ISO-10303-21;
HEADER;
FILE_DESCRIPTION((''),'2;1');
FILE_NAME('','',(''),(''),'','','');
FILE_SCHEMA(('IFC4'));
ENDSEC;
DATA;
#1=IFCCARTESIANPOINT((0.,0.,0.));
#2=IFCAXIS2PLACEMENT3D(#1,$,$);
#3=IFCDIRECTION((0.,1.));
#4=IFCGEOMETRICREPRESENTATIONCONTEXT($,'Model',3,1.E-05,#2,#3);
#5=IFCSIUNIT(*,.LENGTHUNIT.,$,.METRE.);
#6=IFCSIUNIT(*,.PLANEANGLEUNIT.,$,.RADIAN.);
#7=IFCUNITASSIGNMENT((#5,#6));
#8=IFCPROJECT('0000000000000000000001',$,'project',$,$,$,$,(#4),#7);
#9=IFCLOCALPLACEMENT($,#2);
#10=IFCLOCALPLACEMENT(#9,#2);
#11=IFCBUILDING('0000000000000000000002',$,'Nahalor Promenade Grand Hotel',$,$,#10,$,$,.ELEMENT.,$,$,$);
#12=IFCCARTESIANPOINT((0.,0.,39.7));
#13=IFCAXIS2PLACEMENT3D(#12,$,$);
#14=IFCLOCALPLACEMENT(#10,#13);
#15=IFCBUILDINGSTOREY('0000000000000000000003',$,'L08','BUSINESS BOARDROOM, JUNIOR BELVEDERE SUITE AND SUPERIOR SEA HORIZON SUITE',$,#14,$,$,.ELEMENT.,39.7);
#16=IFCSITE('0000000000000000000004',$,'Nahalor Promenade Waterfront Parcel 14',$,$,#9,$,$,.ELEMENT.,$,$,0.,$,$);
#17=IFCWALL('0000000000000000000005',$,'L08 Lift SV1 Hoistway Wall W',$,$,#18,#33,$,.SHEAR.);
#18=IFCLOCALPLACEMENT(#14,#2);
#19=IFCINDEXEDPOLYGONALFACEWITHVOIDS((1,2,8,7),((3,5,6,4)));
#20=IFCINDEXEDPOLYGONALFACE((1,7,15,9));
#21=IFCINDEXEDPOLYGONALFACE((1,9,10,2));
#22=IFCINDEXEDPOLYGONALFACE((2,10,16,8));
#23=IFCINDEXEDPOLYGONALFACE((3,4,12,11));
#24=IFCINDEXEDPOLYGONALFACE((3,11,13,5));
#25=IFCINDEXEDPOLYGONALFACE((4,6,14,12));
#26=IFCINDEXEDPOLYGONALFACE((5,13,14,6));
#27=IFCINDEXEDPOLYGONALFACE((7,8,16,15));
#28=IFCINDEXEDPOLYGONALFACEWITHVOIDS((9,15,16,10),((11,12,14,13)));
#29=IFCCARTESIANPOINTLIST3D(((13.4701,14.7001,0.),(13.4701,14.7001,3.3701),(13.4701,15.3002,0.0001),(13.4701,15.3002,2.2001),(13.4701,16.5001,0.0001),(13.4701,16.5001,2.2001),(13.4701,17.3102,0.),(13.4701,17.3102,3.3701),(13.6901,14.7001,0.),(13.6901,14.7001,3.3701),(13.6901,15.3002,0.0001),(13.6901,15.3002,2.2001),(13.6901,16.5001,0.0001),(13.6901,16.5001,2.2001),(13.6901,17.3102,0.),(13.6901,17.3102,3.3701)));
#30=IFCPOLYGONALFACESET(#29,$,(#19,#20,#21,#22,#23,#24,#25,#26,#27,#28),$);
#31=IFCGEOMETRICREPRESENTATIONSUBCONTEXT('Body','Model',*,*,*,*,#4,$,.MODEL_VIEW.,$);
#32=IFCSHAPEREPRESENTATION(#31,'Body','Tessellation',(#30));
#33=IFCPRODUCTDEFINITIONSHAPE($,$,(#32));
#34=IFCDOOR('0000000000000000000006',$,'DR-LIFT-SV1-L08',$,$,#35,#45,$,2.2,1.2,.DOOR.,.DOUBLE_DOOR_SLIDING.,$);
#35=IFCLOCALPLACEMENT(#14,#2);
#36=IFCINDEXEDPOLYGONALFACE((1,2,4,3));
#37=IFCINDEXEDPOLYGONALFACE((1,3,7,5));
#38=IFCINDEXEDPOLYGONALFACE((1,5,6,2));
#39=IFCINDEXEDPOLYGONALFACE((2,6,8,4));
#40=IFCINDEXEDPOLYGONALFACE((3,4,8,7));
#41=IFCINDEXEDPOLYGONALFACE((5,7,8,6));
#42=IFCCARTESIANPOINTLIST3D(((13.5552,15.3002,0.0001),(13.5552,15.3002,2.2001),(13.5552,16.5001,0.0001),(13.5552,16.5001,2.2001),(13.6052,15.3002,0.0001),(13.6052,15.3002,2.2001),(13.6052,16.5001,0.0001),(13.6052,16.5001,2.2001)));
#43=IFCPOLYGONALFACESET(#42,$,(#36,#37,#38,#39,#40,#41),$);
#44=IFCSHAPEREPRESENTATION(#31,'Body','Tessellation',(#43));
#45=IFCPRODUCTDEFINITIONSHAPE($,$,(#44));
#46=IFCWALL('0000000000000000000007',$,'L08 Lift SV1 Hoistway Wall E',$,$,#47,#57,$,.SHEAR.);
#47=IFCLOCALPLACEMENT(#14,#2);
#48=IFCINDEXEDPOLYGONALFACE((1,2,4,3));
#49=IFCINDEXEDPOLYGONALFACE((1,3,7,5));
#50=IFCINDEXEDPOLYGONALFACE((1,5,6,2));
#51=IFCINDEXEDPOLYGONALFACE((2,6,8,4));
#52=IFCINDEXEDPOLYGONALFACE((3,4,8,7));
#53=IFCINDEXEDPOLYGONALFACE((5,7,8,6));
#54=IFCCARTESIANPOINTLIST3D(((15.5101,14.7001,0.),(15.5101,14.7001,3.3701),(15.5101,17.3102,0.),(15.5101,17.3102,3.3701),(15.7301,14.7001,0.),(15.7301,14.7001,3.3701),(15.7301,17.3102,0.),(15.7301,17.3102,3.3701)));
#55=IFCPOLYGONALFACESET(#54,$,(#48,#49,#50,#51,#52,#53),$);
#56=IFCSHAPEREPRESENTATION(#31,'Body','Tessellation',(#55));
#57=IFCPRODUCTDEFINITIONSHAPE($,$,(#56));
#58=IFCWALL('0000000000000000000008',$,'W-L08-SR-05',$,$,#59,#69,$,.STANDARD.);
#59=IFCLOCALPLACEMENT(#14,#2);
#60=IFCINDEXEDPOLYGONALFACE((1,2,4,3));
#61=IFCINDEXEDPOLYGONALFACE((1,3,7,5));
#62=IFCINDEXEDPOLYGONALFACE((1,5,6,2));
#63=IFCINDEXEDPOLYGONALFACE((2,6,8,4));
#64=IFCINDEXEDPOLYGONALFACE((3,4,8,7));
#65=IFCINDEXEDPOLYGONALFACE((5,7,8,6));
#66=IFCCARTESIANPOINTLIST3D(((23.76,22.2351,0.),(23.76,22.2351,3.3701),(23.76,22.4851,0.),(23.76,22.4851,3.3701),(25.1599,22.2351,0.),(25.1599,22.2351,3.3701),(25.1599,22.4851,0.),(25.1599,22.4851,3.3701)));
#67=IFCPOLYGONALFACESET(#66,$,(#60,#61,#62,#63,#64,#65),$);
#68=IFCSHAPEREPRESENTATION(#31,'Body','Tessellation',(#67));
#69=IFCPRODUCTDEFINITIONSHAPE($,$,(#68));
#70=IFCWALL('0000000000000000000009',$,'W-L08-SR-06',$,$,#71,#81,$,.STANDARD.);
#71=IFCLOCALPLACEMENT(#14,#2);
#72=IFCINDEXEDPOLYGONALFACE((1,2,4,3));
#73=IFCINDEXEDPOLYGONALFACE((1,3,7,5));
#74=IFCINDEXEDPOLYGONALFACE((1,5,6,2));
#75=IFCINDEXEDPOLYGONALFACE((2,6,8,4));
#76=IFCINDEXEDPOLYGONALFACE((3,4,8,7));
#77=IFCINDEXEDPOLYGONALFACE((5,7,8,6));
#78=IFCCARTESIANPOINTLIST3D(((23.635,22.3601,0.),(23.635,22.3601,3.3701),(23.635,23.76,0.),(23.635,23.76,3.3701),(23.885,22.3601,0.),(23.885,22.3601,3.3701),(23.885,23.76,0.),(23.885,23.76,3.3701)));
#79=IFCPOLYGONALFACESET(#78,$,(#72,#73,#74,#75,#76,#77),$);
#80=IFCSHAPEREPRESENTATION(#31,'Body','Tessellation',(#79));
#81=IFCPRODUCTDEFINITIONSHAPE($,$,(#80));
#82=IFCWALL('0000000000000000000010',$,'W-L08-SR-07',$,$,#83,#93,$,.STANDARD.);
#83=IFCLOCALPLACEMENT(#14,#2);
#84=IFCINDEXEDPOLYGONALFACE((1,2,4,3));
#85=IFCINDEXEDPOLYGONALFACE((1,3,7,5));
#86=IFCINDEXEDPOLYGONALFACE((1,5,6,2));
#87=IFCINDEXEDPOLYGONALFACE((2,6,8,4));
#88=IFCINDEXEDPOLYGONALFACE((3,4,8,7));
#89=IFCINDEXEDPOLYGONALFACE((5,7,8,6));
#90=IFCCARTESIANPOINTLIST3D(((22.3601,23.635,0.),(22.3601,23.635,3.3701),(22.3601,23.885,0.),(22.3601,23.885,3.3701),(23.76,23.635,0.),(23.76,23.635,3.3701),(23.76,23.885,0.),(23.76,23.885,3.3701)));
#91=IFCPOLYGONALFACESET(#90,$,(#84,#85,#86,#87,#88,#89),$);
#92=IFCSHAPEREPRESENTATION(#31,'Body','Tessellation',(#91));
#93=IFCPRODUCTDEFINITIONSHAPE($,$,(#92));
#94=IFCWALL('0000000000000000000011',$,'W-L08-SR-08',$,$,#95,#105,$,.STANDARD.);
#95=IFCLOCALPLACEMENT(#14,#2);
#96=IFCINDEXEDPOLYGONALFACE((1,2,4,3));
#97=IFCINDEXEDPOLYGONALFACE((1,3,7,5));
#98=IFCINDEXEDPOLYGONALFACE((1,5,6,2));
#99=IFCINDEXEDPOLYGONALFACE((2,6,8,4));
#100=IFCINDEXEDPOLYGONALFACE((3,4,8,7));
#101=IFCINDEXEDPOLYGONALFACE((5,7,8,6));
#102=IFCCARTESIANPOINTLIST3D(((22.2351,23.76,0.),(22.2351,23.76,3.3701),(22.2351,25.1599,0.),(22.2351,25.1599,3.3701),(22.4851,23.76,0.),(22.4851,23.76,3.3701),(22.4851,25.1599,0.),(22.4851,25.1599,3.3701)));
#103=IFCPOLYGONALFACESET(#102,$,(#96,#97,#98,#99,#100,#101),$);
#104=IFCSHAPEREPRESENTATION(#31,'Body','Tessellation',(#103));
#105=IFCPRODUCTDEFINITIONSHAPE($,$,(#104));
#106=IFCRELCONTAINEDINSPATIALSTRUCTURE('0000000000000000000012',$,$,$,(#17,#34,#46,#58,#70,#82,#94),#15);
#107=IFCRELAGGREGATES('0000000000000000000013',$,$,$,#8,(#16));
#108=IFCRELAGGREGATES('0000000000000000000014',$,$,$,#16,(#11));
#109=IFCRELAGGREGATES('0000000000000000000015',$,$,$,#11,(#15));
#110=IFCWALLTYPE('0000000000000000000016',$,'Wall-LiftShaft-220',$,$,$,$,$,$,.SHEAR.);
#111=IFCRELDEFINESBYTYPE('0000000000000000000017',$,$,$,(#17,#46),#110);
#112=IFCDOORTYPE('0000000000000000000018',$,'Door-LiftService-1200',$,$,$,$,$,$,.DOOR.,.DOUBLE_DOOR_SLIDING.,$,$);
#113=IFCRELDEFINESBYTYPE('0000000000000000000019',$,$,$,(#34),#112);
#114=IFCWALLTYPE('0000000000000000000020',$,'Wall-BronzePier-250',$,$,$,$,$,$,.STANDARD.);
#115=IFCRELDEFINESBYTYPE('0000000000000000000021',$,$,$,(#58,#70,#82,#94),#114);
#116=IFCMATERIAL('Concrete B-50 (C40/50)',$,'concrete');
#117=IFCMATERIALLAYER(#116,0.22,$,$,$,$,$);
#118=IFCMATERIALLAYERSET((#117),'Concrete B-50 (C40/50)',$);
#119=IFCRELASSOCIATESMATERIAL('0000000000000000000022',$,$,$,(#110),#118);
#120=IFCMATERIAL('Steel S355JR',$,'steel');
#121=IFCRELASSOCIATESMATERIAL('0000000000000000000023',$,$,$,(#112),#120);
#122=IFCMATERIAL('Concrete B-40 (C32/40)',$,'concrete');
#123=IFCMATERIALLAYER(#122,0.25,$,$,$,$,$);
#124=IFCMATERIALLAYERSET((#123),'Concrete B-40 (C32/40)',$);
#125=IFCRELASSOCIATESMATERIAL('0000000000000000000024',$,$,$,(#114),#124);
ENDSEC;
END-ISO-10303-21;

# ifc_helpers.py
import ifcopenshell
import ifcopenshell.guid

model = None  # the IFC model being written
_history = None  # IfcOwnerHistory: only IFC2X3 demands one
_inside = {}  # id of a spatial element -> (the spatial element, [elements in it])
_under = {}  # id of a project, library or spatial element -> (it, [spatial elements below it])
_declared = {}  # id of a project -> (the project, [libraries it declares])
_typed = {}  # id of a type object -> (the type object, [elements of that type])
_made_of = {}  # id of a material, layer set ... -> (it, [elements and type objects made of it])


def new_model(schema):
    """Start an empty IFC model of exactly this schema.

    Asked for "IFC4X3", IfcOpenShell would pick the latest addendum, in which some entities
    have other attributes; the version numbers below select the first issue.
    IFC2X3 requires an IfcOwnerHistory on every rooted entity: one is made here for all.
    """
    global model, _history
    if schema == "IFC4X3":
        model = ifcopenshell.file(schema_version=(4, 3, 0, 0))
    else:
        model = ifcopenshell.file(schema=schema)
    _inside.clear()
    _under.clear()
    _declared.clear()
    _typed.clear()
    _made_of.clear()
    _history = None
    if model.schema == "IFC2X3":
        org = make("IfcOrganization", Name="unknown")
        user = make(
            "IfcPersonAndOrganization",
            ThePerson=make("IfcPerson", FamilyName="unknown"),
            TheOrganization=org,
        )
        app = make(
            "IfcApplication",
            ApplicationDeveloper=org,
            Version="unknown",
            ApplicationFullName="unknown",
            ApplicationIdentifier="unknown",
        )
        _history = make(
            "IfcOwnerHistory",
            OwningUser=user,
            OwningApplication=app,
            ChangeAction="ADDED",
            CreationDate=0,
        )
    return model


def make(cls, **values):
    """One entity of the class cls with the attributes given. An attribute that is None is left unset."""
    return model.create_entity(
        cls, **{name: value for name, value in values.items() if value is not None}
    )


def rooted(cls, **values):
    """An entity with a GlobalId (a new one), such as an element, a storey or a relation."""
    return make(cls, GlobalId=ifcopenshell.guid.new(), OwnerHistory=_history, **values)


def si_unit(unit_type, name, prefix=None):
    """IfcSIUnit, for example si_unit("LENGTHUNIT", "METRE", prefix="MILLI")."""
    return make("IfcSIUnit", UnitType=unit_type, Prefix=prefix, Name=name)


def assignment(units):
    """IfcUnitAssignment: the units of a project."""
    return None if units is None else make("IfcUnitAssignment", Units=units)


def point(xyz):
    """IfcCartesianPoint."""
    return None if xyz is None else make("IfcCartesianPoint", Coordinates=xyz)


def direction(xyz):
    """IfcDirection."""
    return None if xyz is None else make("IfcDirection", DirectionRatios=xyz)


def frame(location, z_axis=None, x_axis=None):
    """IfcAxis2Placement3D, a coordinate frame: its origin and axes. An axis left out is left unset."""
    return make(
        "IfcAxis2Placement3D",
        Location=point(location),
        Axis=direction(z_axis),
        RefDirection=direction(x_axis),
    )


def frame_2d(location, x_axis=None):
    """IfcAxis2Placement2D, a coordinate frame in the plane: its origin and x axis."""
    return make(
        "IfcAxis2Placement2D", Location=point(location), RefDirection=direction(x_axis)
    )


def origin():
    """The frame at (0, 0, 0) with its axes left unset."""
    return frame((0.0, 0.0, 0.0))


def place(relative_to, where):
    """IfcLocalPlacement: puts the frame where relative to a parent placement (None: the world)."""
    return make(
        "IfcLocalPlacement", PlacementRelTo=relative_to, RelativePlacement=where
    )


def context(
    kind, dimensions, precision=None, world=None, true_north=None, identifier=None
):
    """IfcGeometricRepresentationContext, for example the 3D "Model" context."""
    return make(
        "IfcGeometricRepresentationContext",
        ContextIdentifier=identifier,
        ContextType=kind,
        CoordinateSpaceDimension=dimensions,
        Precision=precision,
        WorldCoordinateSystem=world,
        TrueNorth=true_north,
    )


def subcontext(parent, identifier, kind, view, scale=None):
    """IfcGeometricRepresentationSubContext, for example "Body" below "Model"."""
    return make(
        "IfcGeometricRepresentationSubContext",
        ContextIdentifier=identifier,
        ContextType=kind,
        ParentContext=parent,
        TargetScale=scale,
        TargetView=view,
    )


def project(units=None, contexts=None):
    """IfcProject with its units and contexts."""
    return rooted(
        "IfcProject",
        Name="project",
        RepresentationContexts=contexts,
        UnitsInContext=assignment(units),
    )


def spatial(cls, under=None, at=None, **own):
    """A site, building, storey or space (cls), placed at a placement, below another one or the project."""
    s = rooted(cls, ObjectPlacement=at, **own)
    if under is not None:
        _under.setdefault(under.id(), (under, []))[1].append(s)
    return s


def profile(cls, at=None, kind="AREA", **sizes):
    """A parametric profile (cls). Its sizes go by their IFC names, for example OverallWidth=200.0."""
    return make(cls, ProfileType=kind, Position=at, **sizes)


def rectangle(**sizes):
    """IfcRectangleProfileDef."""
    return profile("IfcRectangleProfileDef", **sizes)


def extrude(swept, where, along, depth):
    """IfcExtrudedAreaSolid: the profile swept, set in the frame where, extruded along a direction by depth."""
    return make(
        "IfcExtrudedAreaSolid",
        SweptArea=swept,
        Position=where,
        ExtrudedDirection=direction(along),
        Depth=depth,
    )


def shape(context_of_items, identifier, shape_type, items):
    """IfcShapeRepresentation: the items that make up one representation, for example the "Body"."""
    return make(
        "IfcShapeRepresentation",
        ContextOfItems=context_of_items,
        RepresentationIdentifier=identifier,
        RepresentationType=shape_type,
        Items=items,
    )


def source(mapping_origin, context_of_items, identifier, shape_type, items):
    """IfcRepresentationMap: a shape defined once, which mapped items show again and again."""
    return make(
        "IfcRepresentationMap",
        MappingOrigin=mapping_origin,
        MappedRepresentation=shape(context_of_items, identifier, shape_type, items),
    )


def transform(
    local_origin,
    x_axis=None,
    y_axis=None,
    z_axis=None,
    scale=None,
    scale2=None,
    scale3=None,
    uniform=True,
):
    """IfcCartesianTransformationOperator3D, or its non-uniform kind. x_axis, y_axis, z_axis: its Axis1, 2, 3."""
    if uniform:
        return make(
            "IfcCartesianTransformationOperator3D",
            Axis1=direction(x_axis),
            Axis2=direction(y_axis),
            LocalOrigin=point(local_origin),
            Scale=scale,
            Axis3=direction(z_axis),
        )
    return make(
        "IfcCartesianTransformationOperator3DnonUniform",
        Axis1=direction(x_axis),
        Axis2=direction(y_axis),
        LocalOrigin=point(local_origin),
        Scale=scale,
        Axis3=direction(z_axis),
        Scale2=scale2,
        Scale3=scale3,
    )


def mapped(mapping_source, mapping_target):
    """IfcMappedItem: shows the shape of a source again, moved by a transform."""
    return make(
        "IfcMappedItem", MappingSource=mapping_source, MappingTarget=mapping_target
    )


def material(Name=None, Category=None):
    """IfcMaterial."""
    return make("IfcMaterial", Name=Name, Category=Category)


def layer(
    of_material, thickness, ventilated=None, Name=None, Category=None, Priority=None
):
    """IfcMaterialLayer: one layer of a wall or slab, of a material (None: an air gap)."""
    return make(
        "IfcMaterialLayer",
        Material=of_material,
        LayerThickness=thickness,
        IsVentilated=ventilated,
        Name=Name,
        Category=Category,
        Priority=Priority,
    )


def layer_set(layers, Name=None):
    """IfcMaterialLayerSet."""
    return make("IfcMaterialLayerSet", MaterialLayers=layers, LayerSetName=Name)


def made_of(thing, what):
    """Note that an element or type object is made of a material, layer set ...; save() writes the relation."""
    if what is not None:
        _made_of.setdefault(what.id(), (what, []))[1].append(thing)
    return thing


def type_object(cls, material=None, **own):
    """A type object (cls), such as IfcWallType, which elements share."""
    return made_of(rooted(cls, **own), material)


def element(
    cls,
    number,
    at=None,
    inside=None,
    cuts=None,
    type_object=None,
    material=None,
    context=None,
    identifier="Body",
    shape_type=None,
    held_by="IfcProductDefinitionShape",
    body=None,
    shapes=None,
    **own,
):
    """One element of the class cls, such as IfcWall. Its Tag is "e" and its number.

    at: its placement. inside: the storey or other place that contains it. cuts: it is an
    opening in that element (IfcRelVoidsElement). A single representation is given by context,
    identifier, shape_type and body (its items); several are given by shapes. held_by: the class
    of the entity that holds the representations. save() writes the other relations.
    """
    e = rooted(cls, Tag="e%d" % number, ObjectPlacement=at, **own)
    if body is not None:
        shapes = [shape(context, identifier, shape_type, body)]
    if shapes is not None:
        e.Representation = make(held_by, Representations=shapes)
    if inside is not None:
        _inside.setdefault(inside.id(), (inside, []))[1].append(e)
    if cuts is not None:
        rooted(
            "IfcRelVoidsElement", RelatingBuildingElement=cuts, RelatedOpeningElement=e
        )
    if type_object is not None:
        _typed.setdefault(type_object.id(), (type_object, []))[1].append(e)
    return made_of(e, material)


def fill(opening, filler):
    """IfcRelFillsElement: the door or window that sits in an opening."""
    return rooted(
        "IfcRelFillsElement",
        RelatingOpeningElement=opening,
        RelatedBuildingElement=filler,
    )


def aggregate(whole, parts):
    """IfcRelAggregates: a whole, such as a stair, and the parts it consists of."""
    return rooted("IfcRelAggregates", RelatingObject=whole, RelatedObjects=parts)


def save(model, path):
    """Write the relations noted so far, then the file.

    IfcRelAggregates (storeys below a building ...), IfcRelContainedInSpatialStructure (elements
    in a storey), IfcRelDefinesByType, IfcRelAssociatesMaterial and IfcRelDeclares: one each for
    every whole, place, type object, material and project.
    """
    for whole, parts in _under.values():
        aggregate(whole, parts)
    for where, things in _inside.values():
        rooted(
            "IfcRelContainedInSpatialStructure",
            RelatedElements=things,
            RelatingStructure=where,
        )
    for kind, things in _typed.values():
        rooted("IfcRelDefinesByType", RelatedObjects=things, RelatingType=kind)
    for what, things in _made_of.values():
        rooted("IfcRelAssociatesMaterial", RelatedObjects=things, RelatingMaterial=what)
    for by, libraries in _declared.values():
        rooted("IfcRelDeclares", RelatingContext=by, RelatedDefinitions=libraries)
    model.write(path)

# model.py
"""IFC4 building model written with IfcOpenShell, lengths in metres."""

from ifc_helpers import new_model, si_unit, direction, frame, frame_2d, origin, place, context, subcontext, project, spatial, rectangle, extrude, source, transform, mapped, material, layer, layer_set, type_object, element, fill, save


model = new_model("IFC4")

# Units and contexts
model_context = context("Model", 3, precision=1e-05, world=origin(), true_north=direction((0.0, 1.0)))
body_context = subcontext(model_context, "Body", "Model", "MODEL_VIEW")
ifc_project = project(units=[si_unit("LENGTHUNIT", "METRE"), si_unit("PLANEANGLEUNIT", "RADIAN")], contexts=[model_context])

# Site, building, storey
site_placement = place(None, origin())
site = spatial("IfcSite", under=ifc_project, at=site_placement, Name="Nahalor Promenade Waterfront Parcel 14", CompositionType="ELEMENT", RefElevation=0.0)
building_placement = place(site_placement, origin())
building = spatial("IfcBuilding", under=site, at=building_placement, Name="Nahalor Promenade Grand Hotel", CompositionType="ELEMENT")
storey_placement = place(building_placement, frame((0.0, 0.0, 39.7)))
storey = spatial("IfcBuildingStorey", under=building, at=storey_placement, Name="L08", Description="BUSINESS BOARDROOM, JUNIOR BELVEDERE SUITE AND SUPERIOR SEA HORIZON SUITE", CompositionType="ELEMENT", Elevation=39.7)

# Shared definitions
ifc_material_1 = material(Name="Steel S355JR", Category="steel")

# Shared definitions
ifc_material_2 = material(Name="Concrete B-50 (C40/50)", Category="concrete")
ifc_layer_1 = layer(ifc_material_2, 0.22)
ifc_layer_set_1 = layer_set([ifc_layer_1], Name="Concrete B-50 (C40/50)")
wall_type_1 = type_object("IfcWallType", Name="Wall-LiftShaft-220", PredefinedType="SHEAR", material=ifc_layer_set_1)

# Wall, opening, door
shared_shape_1 = source(origin(), body_context, "Body", "SweptSolid", [
    extrude(rectangle(XDim=2.6101, YDim=0.22, at=frame_2d((1.3052, 0.0))), origin(), (0.0, 0.0, 1.0), 3.3701),
])
wall_1_placement = place(storey_placement, frame((13.5801, 14.7, 0.0), z_axis=(0.0, 0.0, 1.0), x_axis=(0.0, 1.0, 0.0)))
wall_1 = element("IfcWall", 1, at=wall_1_placement, inside=storey, type_object=wall_type_1, Name="L08 Lift SV1 Hoistway Wall W", PredefinedType="SHEAR", context=body_context, shape_type="MappedRepresentation", body=[
    mapped(shared_shape_1, transform((0.0, 0.0, 0.0), scale=1.0)),
])
opening_placement = place(wall_1_placement, frame((0.6001, 0.0, 0.0)))
opening = element("IfcOpeningElement", 2, at=opening_placement, cuts=wall_1, PredefinedType="OPENING", context=body_context, shape_type="SweptSolid", body=[
    extrude(rectangle(XDim=1.2, YDim=2.2, at=frame_2d((0.6001, 1.1001))), frame((0.0, 0.1199, 0.0), z_axis=(0.0, -1.0, 0.0), x_axis=(1.0, 0.0, 0.0)), (0.0, 0.0, 1.0), 0.24),
])
door_type = type_object("IfcDoorType", Name="Door-LiftService-1200", OperationType="DOUBLE_DOOR_SLIDING", PredefinedType="DOOR", material=ifc_material_1)
shared_shape_2 = source(origin(), body_context, "Body", "SweptSolid", [
    extrude(rectangle(XDim=1.2, YDim=2.2, at=frame_2d((0.6001, 1.1001))), frame((0.0, 0.0249, 0.0), z_axis=(0.0, -1.0, 0.0), x_axis=(1.0, 0.0, 0.0)), (0.0, 0.0, 1.0), 0.05),
])
door_placement = place(opening_placement, origin())
door = element("IfcDoor", 3, at=door_placement, inside=storey, type_object=door_type, Name="DR-LIFT-SV1-L08", OperationType="DOUBLE_DOOR_SLIDING", OverallHeight=2.2, OverallWidth=1.2, PredefinedType="DOOR", context=body_context, shape_type="MappedRepresentation", body=[
    mapped(shared_shape_2, transform((0.0, 0.0, 0.0), scale=1.0)),
])
fill(opening, door)

# Walls
wall_2_placement = place(storey_placement, frame((15.6201, 14.7, 0.0), z_axis=(0.0, 0.0, 1.0), x_axis=(0.0, 1.0, 0.0)))
element("IfcWall", 4, at=wall_2_placement, inside=storey, type_object=wall_type_1, Name="L08 Lift SV1 Hoistway Wall E", PredefinedType="SHEAR", context=body_context, shape_type="MappedRepresentation", body=[
    mapped(shared_shape_1, transform((0.0, 0.0, 0.0), scale=1.0)),
])
ifc_material_3 = material(Name="Concrete B-40 (C32/40)", Category="concrete")
ifc_layer_2 = layer(ifc_material_3, 0.25)
ifc_layer_set_2 = layer_set([ifc_layer_2], Name="Concrete B-40 (C32/40)")
wall_type_2 = type_object("IfcWallType", Name="Wall-BronzePier-250", PredefinedType="STANDARD", material=ifc_layer_set_2)
shared_shape_3 = source(origin(), body_context, "Body", "SweptSolid", [
    extrude(rectangle(XDim=1.3999, YDim=0.25, at=frame_2d((0.7, 0.0))), origin(), (0.0, 0.0, 1.0), 3.3701),
])
for number, where, z_axis, x_axis, name in (
    (5, (23.76, 22.3601, 0.0), (0.0, 0.0, 1.0), (1.0, 0.0, 0.0), "W-L08-SR-05"),
    (6, (23.76, 22.3601, 0.0), (0.0, 0.0, 1.0), (0.0, 1.0, 0.0), "W-L08-SR-06"),
    (7, (22.3601, 23.76, 0.0), (0.0, 0.0, 1.0), (1.0, 0.0, 0.0), "W-L08-SR-07"),
    (8, (22.3601, 23.76, 0.0), (0.0, 0.0, 1.0), (0.0, 1.0, 0.0), "W-L08-SR-08"),
):
    element("IfcWall", number, at=place(storey_placement, frame(where, z_axis=z_axis, x_axis=x_axis)), inside=storey, type_object=wall_type_2, Name=name, PredefinedType="STANDARD", context=body_context, shape_type="MappedRepresentation", body=[
        mapped(shared_shape_3, transform((0.0, 0.0, 0.0), scale=1.0)),
    ])

save(model, "model.ifc")
